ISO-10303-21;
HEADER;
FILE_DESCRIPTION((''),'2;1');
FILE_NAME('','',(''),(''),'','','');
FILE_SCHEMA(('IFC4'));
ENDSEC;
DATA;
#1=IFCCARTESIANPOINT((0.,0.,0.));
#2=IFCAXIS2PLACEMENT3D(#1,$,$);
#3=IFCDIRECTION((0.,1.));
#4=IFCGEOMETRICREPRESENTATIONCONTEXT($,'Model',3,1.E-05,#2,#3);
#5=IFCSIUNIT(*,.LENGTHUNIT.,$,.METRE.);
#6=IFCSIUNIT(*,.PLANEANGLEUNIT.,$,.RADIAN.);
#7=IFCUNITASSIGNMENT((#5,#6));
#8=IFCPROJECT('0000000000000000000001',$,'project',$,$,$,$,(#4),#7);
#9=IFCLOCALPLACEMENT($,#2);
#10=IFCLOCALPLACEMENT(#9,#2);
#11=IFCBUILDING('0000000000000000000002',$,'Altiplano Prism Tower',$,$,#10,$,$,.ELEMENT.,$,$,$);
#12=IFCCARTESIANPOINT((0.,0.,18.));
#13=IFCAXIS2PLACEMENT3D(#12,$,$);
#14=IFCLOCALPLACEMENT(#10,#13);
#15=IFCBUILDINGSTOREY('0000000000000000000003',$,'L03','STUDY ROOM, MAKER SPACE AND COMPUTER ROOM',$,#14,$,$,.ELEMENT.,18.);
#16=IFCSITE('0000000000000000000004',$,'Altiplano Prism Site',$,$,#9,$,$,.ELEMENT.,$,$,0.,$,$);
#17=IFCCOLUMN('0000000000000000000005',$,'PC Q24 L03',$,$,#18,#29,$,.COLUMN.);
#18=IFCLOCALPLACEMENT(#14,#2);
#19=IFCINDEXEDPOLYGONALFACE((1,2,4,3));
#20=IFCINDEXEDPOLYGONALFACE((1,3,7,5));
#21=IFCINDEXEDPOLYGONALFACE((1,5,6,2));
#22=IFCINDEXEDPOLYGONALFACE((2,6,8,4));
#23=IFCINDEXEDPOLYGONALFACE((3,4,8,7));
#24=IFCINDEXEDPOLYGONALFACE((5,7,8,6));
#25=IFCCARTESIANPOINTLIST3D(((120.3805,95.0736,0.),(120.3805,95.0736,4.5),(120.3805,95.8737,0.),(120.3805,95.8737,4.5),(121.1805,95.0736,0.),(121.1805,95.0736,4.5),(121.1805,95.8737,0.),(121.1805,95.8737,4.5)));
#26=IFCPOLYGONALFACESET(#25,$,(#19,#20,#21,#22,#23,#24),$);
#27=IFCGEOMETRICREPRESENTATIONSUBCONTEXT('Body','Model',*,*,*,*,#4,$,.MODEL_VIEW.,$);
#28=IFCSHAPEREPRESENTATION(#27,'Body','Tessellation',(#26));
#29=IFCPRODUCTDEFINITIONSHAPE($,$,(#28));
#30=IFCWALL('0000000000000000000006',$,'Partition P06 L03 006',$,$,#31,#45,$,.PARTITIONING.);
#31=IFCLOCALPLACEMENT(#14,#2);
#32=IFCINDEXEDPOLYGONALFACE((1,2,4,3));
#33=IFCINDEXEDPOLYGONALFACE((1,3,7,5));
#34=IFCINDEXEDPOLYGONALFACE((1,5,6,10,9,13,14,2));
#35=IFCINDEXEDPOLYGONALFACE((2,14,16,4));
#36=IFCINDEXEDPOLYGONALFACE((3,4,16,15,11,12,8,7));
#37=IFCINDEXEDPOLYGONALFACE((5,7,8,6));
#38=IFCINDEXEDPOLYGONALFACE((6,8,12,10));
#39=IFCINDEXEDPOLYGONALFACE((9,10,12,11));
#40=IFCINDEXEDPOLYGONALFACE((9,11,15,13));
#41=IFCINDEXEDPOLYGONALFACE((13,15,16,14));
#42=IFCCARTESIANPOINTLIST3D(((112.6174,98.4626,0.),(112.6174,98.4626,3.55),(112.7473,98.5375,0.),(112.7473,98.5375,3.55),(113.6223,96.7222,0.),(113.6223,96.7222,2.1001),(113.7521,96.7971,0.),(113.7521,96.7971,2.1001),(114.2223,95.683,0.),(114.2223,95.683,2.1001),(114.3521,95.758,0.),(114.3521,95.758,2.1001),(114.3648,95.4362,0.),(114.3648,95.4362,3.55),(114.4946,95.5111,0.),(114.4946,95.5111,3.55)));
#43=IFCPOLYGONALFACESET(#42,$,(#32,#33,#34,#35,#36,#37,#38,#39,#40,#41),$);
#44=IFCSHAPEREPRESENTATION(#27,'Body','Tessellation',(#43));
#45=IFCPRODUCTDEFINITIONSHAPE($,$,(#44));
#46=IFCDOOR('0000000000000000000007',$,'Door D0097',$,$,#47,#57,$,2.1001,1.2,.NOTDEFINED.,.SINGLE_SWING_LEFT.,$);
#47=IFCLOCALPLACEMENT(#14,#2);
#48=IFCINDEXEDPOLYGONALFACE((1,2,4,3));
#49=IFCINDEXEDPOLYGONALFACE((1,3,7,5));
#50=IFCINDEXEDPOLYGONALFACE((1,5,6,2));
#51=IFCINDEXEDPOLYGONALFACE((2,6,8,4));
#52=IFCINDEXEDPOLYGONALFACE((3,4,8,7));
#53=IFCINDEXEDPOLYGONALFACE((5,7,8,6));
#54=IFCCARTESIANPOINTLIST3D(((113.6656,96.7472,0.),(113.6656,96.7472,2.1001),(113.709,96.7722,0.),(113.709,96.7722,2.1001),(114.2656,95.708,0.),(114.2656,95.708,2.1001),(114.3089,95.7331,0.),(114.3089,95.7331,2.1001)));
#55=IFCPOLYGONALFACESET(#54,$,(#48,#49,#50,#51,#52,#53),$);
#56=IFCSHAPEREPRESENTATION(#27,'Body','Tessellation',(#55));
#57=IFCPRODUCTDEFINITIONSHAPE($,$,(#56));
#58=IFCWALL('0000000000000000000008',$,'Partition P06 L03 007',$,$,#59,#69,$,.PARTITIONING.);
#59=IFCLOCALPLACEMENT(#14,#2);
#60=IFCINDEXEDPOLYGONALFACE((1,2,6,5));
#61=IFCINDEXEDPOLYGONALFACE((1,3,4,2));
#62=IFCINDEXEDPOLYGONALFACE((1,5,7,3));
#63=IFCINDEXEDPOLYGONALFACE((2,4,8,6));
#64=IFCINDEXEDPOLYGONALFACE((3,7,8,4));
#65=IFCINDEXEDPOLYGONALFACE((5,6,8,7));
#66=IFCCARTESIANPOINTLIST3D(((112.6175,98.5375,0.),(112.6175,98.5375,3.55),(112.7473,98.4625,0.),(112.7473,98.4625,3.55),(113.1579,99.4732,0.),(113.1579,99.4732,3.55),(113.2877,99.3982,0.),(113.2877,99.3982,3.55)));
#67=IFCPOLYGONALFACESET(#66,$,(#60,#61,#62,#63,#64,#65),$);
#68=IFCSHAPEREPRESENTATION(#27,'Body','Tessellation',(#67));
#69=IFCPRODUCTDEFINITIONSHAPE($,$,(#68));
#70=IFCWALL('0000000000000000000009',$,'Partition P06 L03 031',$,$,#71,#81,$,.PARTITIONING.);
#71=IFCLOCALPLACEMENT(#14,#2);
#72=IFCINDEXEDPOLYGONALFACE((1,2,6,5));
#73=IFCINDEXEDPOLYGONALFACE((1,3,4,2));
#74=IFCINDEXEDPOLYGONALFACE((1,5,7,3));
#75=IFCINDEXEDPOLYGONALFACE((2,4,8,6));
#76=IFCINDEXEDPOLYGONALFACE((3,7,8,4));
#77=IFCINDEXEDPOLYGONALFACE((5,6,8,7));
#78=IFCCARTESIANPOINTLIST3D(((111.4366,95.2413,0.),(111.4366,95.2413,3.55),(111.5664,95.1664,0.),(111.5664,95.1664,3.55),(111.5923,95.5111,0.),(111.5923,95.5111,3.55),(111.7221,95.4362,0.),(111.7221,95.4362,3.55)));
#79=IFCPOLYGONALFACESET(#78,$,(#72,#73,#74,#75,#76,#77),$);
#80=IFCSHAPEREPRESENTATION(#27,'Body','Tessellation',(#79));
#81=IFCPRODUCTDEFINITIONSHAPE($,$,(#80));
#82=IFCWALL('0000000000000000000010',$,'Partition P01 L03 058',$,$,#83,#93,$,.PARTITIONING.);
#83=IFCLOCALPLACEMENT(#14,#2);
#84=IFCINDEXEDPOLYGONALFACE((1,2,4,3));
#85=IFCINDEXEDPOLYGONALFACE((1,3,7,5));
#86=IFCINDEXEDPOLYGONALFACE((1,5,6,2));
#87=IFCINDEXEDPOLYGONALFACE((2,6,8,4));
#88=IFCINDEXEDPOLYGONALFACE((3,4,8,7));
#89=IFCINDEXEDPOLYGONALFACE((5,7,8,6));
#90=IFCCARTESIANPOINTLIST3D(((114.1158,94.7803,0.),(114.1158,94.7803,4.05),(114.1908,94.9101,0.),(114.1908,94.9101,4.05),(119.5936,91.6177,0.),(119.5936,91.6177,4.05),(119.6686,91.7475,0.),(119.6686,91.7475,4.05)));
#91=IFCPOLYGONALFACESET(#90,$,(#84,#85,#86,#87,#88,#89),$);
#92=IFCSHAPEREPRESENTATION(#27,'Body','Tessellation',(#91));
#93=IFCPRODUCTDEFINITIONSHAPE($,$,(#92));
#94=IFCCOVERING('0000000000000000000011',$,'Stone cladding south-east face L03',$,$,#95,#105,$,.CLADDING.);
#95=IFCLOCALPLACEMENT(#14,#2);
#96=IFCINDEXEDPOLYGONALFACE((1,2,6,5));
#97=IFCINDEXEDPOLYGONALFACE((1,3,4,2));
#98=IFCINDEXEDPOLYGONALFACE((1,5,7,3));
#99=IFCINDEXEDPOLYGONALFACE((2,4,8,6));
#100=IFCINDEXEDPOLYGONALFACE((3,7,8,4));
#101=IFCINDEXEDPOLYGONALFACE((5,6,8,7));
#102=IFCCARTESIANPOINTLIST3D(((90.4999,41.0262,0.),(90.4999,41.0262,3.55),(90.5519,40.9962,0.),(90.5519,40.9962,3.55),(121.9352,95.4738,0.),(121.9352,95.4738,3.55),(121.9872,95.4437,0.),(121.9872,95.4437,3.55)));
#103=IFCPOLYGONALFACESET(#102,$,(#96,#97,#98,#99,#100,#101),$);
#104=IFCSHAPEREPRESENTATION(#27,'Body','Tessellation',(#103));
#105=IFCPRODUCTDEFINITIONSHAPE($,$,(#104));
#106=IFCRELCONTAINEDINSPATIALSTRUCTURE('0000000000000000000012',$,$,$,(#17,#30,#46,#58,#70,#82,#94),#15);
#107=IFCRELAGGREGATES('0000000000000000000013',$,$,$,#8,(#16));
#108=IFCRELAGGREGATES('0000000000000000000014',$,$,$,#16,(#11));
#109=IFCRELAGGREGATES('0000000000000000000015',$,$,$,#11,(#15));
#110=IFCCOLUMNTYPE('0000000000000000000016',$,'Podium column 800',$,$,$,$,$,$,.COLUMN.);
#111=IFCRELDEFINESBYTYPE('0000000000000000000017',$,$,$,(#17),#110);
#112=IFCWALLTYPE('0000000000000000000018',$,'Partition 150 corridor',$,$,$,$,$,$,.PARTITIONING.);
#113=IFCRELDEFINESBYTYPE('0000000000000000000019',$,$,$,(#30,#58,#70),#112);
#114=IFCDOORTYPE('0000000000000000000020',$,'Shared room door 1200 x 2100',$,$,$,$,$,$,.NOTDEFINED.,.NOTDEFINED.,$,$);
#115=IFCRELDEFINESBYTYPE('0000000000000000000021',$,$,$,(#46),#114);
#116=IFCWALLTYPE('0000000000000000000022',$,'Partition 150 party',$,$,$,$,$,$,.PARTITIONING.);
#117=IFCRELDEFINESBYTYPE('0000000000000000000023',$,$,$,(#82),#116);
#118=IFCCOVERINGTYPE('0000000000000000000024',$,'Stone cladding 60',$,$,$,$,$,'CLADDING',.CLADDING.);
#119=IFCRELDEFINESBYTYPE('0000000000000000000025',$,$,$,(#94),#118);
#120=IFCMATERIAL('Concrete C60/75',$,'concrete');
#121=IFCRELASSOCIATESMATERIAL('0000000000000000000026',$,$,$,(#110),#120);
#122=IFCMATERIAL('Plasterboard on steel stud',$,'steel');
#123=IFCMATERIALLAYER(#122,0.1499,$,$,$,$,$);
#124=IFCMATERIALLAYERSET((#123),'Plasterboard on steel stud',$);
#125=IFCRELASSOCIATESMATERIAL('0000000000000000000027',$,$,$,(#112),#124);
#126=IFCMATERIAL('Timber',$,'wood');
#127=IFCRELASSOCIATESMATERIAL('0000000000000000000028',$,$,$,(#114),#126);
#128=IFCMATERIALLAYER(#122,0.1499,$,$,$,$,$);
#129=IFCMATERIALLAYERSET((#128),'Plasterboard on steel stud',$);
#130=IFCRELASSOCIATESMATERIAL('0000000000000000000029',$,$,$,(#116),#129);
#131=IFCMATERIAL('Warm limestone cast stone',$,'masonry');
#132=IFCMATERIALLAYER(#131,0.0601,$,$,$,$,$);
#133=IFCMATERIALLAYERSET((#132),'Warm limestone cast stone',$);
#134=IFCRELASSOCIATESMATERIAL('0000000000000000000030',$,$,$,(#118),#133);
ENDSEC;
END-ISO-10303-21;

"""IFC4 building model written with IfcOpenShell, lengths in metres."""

from ifc_helpers import new_model, si_unit, direction, frame, frame_2d, origin, origin_2d, place, context, subcontext, project, spatial, rectangle, extrude, material, layer, layer_set, material_profile, profile_set, type_object, element, fill, save


model = new_model("IFC4")

# Units and contexts
model_context = context("Model", 3, precision=1e-05, world=origin(), true_north=direction((0.0, 1.0)))
body_context = subcontext(model_context, "Body", "Model", "MODEL_VIEW")
ifc_project = project(units=[si_unit("LENGTHUNIT", "METRE"), si_unit("PLANEANGLEUNIT", "RADIAN")], contexts=[model_context])

# Site, building, storey
site_placement = place(None, origin())
site = spatial("IfcSite", under=ifc_project, at=site_placement, Name="Altiplano Prism Site", CompositionType="ELEMENT", RefElevation=0.0)
building_placement = place(site_placement, origin())
building = spatial("IfcBuilding", under=site, at=building_placement, Name="Altiplano Prism Tower", CompositionType="ELEMENT")
storey_placement = place(building_placement, frame((0.0, 0.0, 18.0)))
storey = spatial("IfcBuildingStorey", under=building, at=storey_placement, Name="L03", Description="STUDY ROOM, MAKER SPACE AND COMPUTER ROOM", CompositionType="ELEMENT", Elevation=18.0)

# Column
ifc_material_1 = material(Name="Concrete C60/75", Category="concrete")
ifc_material_profile = material_profile(ifc_material_1, rectangle(XDim=0.8, YDim=0.8, at=origin_2d()), Name="Podium column 800")
ifc_profile_set = profile_set([ifc_material_profile], Name="Concrete C60/75")
column_type = type_object("IfcColumnType", Name="Podium column 800", PredefinedType="COLUMN", material=ifc_profile_set)
column_placement = place(storey_placement, frame((120.7805, 95.4736, 0.0), z_axis=(0.0, 0.0, 1.0), x_axis=(0.0, 1.0, 0.0)))
element("IfcColumn", 1, at=column_placement, inside=storey, type_object=column_type, Name="PC Q24 L03", PredefinedType="COLUMN", context=body_context, shape_type="SweptSolid", body=[
    extrude(rectangle(XDim=0.8, YDim=0.8, at=origin_2d()), origin(), (0.0, 0.0, 1.0), 4.5),
])

# Wall, opening, door
ifc_material_2 = material(Name="Plasterboard on steel stud", Category="steel")
ifc_layer_1 = layer(ifc_material_2, 0.1499)
ifc_layer_set_1 = layer_set([ifc_layer_1], Name="Plasterboard on steel stud")
wall_type_1 = type_object("IfcWallType", Name="Partition 150 corridor", PredefinedType="PARTITIONING", material=ifc_layer_set_1)
wall_1_placement = place(storey_placement, frame((114.4297, 95.4736, 0.0), z_axis=(0.0, 0.0, 1.0), x_axis=(-0.500009, 0.86602, 0.0)))
wall_1 = element("IfcWall", 2, at=wall_1_placement, inside=storey, type_object=wall_type_1, Name="Partition P06 L03 006", PredefinedType="PARTITIONING", context=body_context, shape_type="SweptSolid", body=[
    extrude(rectangle(XDim=3.4946, YDim=0.1499, at=frame_2d((1.7473, 0.0))), origin(), (0.0, 0.0, 1.0), 3.55),
])
opening_1_placement = place(wall_1_placement, frame((0.2849, 0.0, 0.0)))
opening_1 = element("IfcOpeningElement", 3, at=opening_1_placement, cuts=wall_1, PredefinedType="OPENING", context=body_context, shape_type="SweptSolid", body=[
    extrude(rectangle(XDim=1.2, YDim=2.1001, at=frame_2d((0.6001, 1.05))), frame((0.0, 0.0854, 0.0), z_axis=(0.0, -1.0, 0.0), x_axis=(1.0, 0.0, 0.0)), (0.0, 0.0, 1.0), 0.1709),
])
ifc_material_3 = material(Name="Timber", Category="wood")
door_type = type_object("IfcDoorType", Name="Shared room door 1200 x 2100", OperationType="NOTDEFINED", PredefinedType="NOTDEFINED", material=ifc_material_3)
door_placement = place(opening_1_placement, origin())
door = element("IfcDoor", 4, at=door_placement, inside=storey, type_object=door_type, Name="Door D0097", OperationType="SINGLE_SWING_LEFT", OverallHeight=2.1001, OverallWidth=1.2, PredefinedType="NOTDEFINED", context=body_context, shape_type="SweptSolid", body=[
    extrude(rectangle(XDim=1.2, YDim=2.1001, at=frame_2d((0.6001, 1.05))), frame((0.0, 0.0249, 0.0), z_axis=(0.0, -1.0, 0.0), x_axis=(1.0, 0.0, 0.0)), (0.0, 0.0, 1.0), 0.05),
])
fill(opening_1, door)

# Walls
wall_2_placement = place(storey_placement, frame((112.6824, 98.5, 0.0), z_axis=(0.0, 0.0, 1.0), x_axis=(0.500172, 0.865926, 0.0)))
element("IfcWall", 5, at=wall_2_placement, inside=storey, type_object=wall_type_1, Name="Partition P06 L03 007", PredefinedType="PARTITIONING", context=body_context, shape_type="SweptSolid", body=[
    extrude(rectangle(XDim=1.0806, YDim=0.1499, at=frame_2d((0.5403, 0.0))), origin(), (0.0, 0.0, 1.0), 3.55),
])
wall_3_placement = place(storey_placement, frame((111.6572, 95.4736, 0.0), z_axis=(0.0, 0.0, 1.0), x_axis=(-0.500016, -0.866016, 0.0)))
element("IfcWall", 6, at=wall_3_placement, inside=storey, type_object=wall_type_1, Name="Partition P06 L03 031", PredefinedType="PARTITIONING", context=body_context, shape_type="SweptSolid", body=[
    extrude(rectangle(XDim=0.3115, YDim=0.1499, at=frame_2d((0.1558, 0.0))), origin(), (0.0, 0.0, 1.0), 3.55),
])
ifc_layer_2 = layer(ifc_material_2, 0.1499)
ifc_layer_set_2 = layer_set([ifc_layer_2], Name="Plasterboard on steel stud")
wall_type_2 = type_object("IfcWallType", Name="Partition 150 party", PredefinedType="PARTITIONING", material=ifc_layer_set_2)
wall_4_placement = place(storey_placement, frame((119.6311, 91.6826, 0.0), z_axis=(0.0, 0.0, 1.0), x_axis=(-0.866026, 0.5, 0.0)))
element("IfcWall", 7, at=wall_4_placement, inside=storey, type_object=wall_type_2, Name="Partition P01 L03 058", PredefinedType="PARTITIONING", context=body_context, shape_type="SweptSolid", body=[
    extrude(rectangle(XDim=6.3252, YDim=0.1499, at=frame_2d((3.1626, 0.0))), origin(), (0.0, 0.0, 1.0), 4.05),
])

# Covering
ifc_material_4 = material(Name="Warm limestone cast stone", Category="masonry")
ifc_layer_3 = layer(ifc_material_4, 0.0601)
ifc_layer_set_3 = layer_set([ifc_layer_3], Name="Warm limestone cast stone")
covering_type = type_object("IfcCoveringType", Name="Stone cladding 60", ElementType="CLADDING", PredefinedType="CLADDING", material=ifc_layer_set_3)
covering_placement = place(storey_placement, frame((121.9612, 95.4587, 0.0), z_axis=(0.0, 0.0, 1.0), x_axis=(-0.5, -0.866025, 0.0)))
element("IfcCovering", 8, at=covering_placement, inside=storey, type_object=covering_type, Name="Stone cladding south-east face L03", PredefinedType="CLADDING", context=body_context, shape_type="SweptSolid", body=[
    extrude(rectangle(XDim=62.8706, YDim=0.0601, at=frame_2d((31.4353, 0.0))), origin(), (0.0, 0.0, 1.0), 3.55),
])

save(model, "model.ifc")
